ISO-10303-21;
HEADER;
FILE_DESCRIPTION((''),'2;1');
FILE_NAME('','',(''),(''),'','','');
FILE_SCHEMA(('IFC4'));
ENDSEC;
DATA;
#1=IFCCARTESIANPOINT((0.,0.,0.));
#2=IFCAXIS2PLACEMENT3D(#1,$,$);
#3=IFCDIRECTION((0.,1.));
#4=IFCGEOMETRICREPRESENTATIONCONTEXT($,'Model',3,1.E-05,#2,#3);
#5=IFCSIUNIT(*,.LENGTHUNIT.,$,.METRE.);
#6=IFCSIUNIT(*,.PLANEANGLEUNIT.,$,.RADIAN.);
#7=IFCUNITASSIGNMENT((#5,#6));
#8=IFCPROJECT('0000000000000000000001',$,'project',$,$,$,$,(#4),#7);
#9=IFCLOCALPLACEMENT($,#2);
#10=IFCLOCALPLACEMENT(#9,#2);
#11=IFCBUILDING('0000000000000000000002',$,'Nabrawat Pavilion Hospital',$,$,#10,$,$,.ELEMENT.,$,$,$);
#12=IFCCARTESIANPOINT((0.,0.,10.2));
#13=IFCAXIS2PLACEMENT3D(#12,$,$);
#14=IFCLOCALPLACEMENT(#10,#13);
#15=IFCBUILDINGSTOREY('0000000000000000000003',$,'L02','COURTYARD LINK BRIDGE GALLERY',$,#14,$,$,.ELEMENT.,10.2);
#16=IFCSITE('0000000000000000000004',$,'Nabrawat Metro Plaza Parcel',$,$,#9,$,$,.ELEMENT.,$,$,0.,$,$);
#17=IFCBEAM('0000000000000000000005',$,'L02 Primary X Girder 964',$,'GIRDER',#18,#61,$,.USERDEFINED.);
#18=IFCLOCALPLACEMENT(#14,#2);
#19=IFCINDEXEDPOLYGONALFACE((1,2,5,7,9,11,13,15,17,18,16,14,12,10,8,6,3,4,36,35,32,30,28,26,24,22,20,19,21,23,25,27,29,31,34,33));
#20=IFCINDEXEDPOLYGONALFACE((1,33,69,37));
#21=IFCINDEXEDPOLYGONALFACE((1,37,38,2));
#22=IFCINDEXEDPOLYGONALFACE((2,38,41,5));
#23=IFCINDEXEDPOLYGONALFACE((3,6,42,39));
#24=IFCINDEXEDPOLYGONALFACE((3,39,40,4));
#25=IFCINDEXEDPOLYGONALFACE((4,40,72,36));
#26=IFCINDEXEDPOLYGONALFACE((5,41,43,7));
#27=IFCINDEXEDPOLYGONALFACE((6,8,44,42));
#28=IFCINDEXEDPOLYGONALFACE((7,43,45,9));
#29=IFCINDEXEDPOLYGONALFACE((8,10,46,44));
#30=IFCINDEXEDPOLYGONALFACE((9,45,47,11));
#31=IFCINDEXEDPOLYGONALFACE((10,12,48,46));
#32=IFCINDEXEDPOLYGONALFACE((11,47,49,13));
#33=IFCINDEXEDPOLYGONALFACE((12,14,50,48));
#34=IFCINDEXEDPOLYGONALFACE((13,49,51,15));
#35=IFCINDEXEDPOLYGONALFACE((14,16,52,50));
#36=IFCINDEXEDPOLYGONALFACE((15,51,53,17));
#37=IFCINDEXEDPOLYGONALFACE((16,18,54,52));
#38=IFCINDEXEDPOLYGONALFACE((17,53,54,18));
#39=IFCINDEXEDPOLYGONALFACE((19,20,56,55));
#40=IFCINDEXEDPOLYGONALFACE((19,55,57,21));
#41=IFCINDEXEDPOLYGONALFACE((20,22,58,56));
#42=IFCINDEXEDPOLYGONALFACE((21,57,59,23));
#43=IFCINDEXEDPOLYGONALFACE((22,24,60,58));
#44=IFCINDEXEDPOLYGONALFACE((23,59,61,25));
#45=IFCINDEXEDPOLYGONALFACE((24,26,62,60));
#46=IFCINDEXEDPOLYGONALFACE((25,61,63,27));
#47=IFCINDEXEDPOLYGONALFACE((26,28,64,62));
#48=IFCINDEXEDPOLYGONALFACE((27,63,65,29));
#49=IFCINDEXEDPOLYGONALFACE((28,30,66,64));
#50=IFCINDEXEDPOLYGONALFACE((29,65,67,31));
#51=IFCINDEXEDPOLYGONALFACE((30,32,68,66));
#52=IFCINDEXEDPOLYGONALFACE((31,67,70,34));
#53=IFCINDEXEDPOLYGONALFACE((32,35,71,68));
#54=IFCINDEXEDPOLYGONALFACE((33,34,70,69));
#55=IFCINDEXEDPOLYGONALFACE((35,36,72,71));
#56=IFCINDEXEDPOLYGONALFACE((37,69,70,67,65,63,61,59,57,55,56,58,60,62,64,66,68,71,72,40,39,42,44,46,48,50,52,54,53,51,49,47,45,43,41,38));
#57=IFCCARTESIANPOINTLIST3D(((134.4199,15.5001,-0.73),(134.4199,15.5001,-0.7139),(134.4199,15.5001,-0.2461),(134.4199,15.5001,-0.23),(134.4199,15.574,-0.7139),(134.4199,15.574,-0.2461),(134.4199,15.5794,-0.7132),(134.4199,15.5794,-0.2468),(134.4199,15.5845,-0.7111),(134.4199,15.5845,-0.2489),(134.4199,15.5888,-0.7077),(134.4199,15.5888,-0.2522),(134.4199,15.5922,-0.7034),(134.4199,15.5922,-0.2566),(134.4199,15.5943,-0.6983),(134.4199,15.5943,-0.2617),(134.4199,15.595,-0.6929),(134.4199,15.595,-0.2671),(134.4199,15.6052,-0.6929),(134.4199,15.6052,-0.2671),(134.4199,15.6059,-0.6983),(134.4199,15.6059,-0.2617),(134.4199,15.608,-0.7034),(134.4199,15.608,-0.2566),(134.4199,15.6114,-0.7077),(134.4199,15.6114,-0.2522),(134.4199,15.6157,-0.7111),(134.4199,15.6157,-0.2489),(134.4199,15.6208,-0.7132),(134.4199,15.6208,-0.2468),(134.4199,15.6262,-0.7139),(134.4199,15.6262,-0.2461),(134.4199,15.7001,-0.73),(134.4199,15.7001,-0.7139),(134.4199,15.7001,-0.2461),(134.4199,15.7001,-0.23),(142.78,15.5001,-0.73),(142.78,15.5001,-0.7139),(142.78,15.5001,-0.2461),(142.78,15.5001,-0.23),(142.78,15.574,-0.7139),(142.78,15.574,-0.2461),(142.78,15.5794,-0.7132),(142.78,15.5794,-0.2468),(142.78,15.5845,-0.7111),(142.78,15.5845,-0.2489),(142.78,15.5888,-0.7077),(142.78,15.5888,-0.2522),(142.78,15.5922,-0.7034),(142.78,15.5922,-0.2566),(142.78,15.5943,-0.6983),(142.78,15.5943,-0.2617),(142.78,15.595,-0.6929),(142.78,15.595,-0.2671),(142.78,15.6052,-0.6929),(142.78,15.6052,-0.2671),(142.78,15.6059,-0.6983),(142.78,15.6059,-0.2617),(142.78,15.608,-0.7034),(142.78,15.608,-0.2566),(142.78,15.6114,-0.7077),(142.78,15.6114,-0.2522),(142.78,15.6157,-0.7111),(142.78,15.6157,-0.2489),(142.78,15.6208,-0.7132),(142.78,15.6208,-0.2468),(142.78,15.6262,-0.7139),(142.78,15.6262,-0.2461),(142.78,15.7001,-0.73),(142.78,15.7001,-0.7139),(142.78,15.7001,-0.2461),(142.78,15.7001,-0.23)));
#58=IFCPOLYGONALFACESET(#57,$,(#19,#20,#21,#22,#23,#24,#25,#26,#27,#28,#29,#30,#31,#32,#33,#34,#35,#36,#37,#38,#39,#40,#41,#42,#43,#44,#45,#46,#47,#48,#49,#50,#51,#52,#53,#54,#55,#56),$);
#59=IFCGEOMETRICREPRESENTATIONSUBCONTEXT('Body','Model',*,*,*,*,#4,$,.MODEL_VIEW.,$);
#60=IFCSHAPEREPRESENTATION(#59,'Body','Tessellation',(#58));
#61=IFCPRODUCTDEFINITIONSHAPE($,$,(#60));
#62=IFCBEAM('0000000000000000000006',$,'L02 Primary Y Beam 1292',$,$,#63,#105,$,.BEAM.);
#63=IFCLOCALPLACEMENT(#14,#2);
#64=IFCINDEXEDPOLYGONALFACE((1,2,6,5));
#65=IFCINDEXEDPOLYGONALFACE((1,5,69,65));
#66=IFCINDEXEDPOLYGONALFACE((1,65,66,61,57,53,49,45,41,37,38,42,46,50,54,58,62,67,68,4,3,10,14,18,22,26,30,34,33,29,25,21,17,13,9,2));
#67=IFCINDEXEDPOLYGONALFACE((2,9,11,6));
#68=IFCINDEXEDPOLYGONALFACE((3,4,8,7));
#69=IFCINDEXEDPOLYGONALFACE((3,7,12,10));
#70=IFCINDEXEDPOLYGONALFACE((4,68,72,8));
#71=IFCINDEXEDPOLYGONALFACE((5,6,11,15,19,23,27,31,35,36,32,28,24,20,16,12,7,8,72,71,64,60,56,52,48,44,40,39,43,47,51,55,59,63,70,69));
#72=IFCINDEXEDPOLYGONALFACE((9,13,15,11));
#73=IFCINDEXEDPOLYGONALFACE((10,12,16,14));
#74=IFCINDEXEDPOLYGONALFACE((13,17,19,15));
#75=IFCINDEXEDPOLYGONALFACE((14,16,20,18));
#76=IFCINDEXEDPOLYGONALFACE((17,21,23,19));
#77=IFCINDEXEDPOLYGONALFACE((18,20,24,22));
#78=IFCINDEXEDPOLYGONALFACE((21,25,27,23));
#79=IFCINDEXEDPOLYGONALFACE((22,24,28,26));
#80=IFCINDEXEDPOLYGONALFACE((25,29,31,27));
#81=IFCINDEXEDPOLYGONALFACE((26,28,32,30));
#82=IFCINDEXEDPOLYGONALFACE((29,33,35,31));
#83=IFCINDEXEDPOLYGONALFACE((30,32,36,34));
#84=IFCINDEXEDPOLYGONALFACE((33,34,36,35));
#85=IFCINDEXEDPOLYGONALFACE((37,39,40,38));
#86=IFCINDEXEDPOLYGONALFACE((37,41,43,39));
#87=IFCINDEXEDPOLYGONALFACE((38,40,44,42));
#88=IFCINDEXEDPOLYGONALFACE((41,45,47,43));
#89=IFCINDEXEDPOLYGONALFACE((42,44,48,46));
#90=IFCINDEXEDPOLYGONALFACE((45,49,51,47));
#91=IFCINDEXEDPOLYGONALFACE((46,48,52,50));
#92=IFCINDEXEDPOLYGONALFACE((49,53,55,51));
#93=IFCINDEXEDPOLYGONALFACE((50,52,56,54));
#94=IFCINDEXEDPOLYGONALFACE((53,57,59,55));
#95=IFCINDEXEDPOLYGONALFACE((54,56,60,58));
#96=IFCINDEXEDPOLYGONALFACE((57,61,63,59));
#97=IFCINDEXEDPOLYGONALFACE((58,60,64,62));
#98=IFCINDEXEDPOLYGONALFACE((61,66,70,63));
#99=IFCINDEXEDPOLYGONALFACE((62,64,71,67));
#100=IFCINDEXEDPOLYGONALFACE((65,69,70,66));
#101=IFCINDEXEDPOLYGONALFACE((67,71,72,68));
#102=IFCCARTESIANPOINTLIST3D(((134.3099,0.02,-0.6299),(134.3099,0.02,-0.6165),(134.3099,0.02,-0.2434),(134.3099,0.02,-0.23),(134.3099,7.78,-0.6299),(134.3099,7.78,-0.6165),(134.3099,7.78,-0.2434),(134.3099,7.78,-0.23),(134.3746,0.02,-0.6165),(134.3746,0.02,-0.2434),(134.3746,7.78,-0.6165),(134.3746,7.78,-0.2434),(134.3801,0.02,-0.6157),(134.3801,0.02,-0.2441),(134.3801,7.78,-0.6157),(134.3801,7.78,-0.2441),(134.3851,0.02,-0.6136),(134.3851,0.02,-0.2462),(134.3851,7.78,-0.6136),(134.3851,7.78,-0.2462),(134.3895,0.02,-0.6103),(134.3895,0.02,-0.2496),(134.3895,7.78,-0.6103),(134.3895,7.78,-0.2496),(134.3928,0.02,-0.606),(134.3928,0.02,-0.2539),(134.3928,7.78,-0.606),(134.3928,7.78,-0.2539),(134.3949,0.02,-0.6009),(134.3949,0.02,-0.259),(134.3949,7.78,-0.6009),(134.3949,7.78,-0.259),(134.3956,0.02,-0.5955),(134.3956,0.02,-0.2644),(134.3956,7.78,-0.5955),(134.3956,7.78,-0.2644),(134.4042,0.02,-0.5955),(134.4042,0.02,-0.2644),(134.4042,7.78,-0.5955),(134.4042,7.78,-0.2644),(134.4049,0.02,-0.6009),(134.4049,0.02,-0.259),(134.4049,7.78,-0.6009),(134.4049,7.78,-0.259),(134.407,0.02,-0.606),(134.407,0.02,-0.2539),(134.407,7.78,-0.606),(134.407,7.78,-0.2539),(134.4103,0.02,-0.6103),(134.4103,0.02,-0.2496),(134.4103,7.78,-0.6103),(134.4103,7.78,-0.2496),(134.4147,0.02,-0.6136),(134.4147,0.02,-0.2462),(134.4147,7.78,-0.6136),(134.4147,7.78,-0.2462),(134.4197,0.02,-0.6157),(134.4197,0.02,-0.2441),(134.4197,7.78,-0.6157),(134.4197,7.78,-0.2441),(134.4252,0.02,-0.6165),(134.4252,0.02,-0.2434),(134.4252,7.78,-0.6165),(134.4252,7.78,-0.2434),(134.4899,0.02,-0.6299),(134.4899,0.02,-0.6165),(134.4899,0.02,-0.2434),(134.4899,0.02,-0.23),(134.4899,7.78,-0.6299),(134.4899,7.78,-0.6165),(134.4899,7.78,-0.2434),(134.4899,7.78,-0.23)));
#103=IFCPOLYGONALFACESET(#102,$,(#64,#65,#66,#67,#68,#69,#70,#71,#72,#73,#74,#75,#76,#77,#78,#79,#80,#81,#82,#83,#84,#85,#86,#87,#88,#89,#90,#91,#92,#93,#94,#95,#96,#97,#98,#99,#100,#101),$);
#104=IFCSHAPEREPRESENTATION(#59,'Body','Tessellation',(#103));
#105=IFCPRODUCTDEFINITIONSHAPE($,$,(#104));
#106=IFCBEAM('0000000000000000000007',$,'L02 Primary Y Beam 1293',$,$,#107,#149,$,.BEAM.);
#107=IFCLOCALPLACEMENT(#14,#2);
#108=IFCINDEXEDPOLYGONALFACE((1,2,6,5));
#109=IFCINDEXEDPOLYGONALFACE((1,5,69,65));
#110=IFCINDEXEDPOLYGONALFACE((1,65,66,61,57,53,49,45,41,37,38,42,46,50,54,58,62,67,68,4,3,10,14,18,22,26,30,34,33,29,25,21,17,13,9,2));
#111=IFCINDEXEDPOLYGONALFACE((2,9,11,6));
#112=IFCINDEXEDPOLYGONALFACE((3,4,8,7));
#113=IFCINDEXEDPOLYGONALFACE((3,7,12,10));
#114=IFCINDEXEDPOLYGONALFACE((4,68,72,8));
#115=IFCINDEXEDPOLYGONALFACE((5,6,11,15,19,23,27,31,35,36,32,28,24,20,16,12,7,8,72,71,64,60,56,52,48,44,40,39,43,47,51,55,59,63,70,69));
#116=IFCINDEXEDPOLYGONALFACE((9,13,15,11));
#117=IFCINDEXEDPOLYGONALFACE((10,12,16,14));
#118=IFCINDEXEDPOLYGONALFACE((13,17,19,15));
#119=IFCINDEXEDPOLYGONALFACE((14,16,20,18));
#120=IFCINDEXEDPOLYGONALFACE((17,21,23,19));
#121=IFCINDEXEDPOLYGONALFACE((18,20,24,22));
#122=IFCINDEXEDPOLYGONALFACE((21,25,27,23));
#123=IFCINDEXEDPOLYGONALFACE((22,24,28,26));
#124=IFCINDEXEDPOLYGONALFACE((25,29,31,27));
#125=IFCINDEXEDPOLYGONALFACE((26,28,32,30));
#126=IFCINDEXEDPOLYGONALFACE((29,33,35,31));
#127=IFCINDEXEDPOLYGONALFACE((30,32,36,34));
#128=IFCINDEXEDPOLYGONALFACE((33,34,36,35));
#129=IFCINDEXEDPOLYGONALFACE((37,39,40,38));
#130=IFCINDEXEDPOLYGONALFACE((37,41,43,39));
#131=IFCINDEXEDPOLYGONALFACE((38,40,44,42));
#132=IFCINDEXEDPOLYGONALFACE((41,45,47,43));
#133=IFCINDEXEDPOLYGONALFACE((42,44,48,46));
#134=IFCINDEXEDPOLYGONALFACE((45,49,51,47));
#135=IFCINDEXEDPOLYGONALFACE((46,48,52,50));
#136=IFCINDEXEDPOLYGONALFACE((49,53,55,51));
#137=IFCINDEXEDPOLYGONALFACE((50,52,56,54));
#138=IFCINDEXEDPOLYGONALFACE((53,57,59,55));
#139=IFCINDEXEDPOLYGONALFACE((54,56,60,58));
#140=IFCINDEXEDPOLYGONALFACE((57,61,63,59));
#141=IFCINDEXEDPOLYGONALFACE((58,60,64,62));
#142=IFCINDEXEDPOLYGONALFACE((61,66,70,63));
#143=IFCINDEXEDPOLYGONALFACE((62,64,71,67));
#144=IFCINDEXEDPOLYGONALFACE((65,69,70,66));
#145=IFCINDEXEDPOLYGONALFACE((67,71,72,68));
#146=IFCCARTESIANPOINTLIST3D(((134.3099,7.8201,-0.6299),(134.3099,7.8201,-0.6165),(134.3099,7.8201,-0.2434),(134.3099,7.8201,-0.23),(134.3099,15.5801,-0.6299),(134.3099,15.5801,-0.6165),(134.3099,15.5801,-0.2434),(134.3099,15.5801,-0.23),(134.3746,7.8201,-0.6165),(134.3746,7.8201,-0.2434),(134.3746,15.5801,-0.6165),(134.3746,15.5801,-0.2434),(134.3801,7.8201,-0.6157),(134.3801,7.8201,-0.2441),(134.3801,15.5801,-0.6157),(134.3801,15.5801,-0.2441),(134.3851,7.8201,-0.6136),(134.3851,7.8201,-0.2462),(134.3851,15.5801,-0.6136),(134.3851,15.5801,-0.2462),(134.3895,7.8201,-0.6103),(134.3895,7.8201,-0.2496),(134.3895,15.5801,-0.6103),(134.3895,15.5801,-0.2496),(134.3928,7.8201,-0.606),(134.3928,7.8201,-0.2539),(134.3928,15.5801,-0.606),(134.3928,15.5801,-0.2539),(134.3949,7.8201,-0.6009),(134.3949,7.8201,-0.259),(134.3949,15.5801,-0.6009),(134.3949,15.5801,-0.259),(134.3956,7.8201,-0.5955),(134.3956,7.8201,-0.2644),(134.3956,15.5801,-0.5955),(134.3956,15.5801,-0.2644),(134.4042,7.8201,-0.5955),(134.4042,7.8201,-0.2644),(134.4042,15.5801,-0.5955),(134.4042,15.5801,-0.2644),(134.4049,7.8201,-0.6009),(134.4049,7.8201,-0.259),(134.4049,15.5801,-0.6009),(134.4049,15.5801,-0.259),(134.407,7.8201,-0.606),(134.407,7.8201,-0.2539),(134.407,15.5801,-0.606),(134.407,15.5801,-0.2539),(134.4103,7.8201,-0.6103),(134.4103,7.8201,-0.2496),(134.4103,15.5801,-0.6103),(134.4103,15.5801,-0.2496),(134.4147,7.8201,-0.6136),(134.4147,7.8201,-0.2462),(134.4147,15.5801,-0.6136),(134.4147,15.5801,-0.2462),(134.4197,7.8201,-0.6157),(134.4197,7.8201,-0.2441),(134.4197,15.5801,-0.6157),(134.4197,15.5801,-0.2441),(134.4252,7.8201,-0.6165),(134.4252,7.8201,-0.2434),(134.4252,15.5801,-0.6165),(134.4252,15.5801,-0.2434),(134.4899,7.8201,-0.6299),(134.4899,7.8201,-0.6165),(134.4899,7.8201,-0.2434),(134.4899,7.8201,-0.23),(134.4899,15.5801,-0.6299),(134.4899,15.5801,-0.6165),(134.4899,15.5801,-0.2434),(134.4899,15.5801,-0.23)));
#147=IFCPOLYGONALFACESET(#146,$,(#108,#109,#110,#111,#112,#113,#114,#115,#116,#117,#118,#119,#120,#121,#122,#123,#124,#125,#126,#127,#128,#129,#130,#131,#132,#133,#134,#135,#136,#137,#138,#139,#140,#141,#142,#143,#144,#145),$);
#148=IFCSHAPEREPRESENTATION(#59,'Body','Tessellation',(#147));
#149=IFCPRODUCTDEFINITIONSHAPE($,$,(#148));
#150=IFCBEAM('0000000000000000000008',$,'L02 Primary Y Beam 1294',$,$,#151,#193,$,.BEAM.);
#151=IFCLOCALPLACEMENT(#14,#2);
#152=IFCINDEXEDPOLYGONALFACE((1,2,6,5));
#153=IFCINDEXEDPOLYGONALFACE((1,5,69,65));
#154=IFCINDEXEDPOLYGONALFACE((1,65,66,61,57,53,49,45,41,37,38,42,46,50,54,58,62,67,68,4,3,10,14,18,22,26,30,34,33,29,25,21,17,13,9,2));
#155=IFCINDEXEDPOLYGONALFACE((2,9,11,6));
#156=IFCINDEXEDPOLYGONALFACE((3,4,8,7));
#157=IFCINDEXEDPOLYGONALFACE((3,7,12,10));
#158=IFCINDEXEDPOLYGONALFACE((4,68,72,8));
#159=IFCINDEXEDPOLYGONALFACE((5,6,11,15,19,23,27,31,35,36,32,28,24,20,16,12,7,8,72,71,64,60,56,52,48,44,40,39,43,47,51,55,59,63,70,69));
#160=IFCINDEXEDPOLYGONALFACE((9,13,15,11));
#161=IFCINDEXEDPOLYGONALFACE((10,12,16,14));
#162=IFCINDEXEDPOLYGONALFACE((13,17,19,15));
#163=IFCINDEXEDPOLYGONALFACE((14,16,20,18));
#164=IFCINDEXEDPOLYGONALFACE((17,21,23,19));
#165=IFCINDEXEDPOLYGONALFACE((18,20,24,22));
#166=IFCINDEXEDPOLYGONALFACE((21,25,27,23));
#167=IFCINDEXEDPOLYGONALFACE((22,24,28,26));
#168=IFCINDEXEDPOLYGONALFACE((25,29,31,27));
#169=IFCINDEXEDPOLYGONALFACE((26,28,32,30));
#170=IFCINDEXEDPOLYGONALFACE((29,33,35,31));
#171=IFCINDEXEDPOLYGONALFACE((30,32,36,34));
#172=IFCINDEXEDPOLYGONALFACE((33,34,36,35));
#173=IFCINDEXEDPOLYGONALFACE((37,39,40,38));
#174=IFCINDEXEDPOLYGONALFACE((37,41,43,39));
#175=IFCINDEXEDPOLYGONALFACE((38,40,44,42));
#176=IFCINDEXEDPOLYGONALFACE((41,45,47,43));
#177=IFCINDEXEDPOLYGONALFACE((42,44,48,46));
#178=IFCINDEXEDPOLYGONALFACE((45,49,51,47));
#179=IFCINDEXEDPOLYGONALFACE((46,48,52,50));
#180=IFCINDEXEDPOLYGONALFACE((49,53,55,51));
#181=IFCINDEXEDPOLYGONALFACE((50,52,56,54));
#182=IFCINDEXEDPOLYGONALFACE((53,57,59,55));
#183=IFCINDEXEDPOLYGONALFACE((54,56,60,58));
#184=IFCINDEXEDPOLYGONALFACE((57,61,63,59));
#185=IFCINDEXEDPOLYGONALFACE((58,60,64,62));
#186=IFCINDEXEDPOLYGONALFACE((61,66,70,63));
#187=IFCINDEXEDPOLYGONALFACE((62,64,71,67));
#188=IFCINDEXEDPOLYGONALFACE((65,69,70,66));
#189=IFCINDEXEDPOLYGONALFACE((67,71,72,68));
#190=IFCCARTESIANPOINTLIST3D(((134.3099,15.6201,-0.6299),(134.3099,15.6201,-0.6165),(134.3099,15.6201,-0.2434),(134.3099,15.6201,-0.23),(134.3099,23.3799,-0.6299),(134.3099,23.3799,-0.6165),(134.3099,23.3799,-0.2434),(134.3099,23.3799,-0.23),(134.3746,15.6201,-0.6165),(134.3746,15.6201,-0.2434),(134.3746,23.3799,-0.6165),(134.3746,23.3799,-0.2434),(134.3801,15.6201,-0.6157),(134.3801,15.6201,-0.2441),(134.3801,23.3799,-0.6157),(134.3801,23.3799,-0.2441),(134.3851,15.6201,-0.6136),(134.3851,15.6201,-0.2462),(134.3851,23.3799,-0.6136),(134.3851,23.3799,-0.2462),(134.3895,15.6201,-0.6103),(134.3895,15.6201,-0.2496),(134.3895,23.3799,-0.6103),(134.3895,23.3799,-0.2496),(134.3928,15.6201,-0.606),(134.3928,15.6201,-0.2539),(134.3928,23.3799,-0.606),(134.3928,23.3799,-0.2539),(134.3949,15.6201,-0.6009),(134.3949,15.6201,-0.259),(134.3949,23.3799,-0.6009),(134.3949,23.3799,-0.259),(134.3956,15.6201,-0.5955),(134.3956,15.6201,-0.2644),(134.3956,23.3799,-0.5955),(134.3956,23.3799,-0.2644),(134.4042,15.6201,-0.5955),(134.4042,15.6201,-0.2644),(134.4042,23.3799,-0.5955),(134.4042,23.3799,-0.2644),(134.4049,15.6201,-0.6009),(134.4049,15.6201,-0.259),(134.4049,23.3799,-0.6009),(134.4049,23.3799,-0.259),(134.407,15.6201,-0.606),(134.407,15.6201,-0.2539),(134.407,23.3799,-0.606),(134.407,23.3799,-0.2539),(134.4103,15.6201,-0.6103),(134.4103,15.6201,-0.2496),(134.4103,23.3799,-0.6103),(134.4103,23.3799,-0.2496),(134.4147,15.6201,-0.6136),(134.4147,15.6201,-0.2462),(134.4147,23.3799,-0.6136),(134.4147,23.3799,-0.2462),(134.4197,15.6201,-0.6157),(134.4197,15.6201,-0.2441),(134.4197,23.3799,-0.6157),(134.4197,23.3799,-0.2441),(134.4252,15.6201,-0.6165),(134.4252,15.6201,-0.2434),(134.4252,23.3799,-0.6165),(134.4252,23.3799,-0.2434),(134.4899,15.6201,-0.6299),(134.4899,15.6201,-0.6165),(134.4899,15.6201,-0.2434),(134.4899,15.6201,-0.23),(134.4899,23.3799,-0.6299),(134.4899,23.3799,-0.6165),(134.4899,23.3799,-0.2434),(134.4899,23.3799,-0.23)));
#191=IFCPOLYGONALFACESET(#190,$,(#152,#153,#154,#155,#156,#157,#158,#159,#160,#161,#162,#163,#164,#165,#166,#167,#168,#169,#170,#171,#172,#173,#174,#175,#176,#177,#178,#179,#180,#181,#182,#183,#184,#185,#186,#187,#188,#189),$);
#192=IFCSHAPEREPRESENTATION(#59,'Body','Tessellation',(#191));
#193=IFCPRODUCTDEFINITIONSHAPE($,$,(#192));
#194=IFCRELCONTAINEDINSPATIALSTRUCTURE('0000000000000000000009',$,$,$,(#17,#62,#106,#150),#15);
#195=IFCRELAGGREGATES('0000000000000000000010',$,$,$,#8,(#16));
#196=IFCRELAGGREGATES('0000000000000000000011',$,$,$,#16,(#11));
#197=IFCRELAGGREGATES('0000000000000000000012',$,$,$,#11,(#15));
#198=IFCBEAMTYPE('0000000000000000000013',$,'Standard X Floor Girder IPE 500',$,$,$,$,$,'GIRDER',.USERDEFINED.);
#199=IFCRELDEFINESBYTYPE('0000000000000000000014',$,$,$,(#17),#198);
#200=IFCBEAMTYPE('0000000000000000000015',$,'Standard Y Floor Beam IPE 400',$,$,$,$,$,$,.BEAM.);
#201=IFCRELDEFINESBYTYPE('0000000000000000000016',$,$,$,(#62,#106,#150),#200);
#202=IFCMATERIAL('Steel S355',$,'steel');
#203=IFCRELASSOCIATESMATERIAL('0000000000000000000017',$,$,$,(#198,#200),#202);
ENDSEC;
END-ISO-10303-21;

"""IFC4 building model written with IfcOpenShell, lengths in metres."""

from ifc_helpers import new_model, si_unit, direction, frame, origin, origin_2d, place, context, subcontext, project, spatial, i_section, extrude, material, material_profile, profile_set, type_object, element, save


model = new_model("IFC4")

# Units and contexts
model_context = context("Model", 3, precision=1e-05, world=origin(), true_north=direction((0.0, 1.0)))
body_context = subcontext(model_context, "Body", "Model", "MODEL_VIEW")
ifc_project = project(units=[si_unit("LENGTHUNIT", "METRE"), si_unit("PLANEANGLEUNIT", "RADIAN")], contexts=[model_context])

# Site, building, storey
site_placement = place(None, origin())
site = spatial("IfcSite", under=ifc_project, at=site_placement, Name="Nabrawat Metro Plaza Parcel", CompositionType="ELEMENT", RefElevation=0.0)
building_placement = place(site_placement, origin())
building = spatial("IfcBuilding", under=site, at=building_placement, Name="Nabrawat Pavilion Hospital", CompositionType="ELEMENT")
storey_placement = place(building_placement, frame((0.0, 0.0, 10.2)))
storey = spatial("IfcBuildingStorey", under=building, at=storey_placement, Name="L02", Description="COURTYARD LINK BRIDGE GALLERY", CompositionType="ELEMENT", Elevation=10.2)

# Shared definitions
ifc_material_1 = material(Name="Steel S355", Category="steel")

# Beams
ifc_material_profile_1 = material_profile(ifc_material_1, i_section(OverallWidth=0.2, OverallDepth=0.5, WebThickness=0.0103, FlangeThickness=0.0161, FilletRadius=0.021, at=origin_2d()), Name="IPE 500")
ifc_profile_set_1 = profile_set([ifc_material_profile_1], Name="Steel S355")
beam_type_1 = type_object("IfcBeamType", Name="Standard X Floor Girder IPE 500", ElementType="GIRDER", PredefinedType="USERDEFINED", material=ifc_profile_set_1)
beam_1_placement = place(storey_placement, frame((134.4199, 15.6001, -0.48), z_axis=(1.0, 0.0, 0.0), x_axis=(0.0, 1.0, 0.0)))
element("IfcBeam", 1, at=beam_1_placement, inside=storey, type_object=beam_type_1, Name="L02 Primary X Girder 964", ObjectType="GIRDER", PredefinedType="USERDEFINED", context=body_context, shape_type="SweptSolid", body=[
    extrude(i_section(OverallWidth=0.2, OverallDepth=0.5, WebThickness=0.0103, FlangeThickness=0.0161, FilletRadius=0.021, at=origin_2d()), origin(), (0.0, 0.0, 1.0), 8.3601),
])
ifc_material_profile_2 = material_profile(ifc_material_1, i_section(OverallWidth=0.1799, OverallDepth=0.3999, WebThickness=0.0085, FlangeThickness=0.0134, FilletRadius=0.021, at=origin_2d()), Name="IPE 400")
ifc_profile_set_2 = profile_set([ifc_material_profile_2], Name="Steel S355")
beam_type_2 = type_object("IfcBeamType", Name="Standard Y Floor Beam IPE 400", PredefinedType="BEAM", material=ifc_profile_set_2)
for number, where, z_axis, x_axis, name in (
    (2, (134.3999, 0.02, -0.4299), (0.0, 1.0, 0.0), (-1.0, 0.0, 0.0), "L02 Primary Y Beam 1292"),
    (3, (134.3999, 7.8201, -0.4299), (0.0, 1.0, 0.0), (-1.0, 0.0, 0.0), "L02 Primary Y Beam 1293"),
):
    element("IfcBeam", number, at=place(storey_placement, frame(where, z_axis=z_axis, x_axis=x_axis)), inside=storey, type_object=beam_type_2, Name=name, PredefinedType="BEAM", context=body_context, shape_type="SweptSolid", body=[
        extrude(i_section(OverallWidth=0.1799, OverallDepth=0.3999, WebThickness=0.0085, FlangeThickness=0.0134, FilletRadius=0.021, at=origin_2d()), origin(), (0.0, 0.0, 1.0), 7.76),
    ])
beam_2_placement = place(storey_placement, frame((134.3999, 15.6201, -0.4299), z_axis=(0.0, 1.0, 0.0), x_axis=(-1.0, 0.0, 0.0)))
element("IfcBeam", 4, at=beam_2_placement, inside=storey, type_object=beam_type_2, Name="L02 Primary Y Beam 1294", PredefinedType="BEAM", context=body_context, shape_type="SweptSolid", body=[
    extrude(i_section(OverallWidth=0.1799, OverallDepth=0.3999, WebThickness=0.0085, FlangeThickness=0.0134, FilletRadius=0.021, at=origin_2d()), origin(), (0.0, 0.0, 1.0), 7.7598),
])

save(model, "model.ifc")
